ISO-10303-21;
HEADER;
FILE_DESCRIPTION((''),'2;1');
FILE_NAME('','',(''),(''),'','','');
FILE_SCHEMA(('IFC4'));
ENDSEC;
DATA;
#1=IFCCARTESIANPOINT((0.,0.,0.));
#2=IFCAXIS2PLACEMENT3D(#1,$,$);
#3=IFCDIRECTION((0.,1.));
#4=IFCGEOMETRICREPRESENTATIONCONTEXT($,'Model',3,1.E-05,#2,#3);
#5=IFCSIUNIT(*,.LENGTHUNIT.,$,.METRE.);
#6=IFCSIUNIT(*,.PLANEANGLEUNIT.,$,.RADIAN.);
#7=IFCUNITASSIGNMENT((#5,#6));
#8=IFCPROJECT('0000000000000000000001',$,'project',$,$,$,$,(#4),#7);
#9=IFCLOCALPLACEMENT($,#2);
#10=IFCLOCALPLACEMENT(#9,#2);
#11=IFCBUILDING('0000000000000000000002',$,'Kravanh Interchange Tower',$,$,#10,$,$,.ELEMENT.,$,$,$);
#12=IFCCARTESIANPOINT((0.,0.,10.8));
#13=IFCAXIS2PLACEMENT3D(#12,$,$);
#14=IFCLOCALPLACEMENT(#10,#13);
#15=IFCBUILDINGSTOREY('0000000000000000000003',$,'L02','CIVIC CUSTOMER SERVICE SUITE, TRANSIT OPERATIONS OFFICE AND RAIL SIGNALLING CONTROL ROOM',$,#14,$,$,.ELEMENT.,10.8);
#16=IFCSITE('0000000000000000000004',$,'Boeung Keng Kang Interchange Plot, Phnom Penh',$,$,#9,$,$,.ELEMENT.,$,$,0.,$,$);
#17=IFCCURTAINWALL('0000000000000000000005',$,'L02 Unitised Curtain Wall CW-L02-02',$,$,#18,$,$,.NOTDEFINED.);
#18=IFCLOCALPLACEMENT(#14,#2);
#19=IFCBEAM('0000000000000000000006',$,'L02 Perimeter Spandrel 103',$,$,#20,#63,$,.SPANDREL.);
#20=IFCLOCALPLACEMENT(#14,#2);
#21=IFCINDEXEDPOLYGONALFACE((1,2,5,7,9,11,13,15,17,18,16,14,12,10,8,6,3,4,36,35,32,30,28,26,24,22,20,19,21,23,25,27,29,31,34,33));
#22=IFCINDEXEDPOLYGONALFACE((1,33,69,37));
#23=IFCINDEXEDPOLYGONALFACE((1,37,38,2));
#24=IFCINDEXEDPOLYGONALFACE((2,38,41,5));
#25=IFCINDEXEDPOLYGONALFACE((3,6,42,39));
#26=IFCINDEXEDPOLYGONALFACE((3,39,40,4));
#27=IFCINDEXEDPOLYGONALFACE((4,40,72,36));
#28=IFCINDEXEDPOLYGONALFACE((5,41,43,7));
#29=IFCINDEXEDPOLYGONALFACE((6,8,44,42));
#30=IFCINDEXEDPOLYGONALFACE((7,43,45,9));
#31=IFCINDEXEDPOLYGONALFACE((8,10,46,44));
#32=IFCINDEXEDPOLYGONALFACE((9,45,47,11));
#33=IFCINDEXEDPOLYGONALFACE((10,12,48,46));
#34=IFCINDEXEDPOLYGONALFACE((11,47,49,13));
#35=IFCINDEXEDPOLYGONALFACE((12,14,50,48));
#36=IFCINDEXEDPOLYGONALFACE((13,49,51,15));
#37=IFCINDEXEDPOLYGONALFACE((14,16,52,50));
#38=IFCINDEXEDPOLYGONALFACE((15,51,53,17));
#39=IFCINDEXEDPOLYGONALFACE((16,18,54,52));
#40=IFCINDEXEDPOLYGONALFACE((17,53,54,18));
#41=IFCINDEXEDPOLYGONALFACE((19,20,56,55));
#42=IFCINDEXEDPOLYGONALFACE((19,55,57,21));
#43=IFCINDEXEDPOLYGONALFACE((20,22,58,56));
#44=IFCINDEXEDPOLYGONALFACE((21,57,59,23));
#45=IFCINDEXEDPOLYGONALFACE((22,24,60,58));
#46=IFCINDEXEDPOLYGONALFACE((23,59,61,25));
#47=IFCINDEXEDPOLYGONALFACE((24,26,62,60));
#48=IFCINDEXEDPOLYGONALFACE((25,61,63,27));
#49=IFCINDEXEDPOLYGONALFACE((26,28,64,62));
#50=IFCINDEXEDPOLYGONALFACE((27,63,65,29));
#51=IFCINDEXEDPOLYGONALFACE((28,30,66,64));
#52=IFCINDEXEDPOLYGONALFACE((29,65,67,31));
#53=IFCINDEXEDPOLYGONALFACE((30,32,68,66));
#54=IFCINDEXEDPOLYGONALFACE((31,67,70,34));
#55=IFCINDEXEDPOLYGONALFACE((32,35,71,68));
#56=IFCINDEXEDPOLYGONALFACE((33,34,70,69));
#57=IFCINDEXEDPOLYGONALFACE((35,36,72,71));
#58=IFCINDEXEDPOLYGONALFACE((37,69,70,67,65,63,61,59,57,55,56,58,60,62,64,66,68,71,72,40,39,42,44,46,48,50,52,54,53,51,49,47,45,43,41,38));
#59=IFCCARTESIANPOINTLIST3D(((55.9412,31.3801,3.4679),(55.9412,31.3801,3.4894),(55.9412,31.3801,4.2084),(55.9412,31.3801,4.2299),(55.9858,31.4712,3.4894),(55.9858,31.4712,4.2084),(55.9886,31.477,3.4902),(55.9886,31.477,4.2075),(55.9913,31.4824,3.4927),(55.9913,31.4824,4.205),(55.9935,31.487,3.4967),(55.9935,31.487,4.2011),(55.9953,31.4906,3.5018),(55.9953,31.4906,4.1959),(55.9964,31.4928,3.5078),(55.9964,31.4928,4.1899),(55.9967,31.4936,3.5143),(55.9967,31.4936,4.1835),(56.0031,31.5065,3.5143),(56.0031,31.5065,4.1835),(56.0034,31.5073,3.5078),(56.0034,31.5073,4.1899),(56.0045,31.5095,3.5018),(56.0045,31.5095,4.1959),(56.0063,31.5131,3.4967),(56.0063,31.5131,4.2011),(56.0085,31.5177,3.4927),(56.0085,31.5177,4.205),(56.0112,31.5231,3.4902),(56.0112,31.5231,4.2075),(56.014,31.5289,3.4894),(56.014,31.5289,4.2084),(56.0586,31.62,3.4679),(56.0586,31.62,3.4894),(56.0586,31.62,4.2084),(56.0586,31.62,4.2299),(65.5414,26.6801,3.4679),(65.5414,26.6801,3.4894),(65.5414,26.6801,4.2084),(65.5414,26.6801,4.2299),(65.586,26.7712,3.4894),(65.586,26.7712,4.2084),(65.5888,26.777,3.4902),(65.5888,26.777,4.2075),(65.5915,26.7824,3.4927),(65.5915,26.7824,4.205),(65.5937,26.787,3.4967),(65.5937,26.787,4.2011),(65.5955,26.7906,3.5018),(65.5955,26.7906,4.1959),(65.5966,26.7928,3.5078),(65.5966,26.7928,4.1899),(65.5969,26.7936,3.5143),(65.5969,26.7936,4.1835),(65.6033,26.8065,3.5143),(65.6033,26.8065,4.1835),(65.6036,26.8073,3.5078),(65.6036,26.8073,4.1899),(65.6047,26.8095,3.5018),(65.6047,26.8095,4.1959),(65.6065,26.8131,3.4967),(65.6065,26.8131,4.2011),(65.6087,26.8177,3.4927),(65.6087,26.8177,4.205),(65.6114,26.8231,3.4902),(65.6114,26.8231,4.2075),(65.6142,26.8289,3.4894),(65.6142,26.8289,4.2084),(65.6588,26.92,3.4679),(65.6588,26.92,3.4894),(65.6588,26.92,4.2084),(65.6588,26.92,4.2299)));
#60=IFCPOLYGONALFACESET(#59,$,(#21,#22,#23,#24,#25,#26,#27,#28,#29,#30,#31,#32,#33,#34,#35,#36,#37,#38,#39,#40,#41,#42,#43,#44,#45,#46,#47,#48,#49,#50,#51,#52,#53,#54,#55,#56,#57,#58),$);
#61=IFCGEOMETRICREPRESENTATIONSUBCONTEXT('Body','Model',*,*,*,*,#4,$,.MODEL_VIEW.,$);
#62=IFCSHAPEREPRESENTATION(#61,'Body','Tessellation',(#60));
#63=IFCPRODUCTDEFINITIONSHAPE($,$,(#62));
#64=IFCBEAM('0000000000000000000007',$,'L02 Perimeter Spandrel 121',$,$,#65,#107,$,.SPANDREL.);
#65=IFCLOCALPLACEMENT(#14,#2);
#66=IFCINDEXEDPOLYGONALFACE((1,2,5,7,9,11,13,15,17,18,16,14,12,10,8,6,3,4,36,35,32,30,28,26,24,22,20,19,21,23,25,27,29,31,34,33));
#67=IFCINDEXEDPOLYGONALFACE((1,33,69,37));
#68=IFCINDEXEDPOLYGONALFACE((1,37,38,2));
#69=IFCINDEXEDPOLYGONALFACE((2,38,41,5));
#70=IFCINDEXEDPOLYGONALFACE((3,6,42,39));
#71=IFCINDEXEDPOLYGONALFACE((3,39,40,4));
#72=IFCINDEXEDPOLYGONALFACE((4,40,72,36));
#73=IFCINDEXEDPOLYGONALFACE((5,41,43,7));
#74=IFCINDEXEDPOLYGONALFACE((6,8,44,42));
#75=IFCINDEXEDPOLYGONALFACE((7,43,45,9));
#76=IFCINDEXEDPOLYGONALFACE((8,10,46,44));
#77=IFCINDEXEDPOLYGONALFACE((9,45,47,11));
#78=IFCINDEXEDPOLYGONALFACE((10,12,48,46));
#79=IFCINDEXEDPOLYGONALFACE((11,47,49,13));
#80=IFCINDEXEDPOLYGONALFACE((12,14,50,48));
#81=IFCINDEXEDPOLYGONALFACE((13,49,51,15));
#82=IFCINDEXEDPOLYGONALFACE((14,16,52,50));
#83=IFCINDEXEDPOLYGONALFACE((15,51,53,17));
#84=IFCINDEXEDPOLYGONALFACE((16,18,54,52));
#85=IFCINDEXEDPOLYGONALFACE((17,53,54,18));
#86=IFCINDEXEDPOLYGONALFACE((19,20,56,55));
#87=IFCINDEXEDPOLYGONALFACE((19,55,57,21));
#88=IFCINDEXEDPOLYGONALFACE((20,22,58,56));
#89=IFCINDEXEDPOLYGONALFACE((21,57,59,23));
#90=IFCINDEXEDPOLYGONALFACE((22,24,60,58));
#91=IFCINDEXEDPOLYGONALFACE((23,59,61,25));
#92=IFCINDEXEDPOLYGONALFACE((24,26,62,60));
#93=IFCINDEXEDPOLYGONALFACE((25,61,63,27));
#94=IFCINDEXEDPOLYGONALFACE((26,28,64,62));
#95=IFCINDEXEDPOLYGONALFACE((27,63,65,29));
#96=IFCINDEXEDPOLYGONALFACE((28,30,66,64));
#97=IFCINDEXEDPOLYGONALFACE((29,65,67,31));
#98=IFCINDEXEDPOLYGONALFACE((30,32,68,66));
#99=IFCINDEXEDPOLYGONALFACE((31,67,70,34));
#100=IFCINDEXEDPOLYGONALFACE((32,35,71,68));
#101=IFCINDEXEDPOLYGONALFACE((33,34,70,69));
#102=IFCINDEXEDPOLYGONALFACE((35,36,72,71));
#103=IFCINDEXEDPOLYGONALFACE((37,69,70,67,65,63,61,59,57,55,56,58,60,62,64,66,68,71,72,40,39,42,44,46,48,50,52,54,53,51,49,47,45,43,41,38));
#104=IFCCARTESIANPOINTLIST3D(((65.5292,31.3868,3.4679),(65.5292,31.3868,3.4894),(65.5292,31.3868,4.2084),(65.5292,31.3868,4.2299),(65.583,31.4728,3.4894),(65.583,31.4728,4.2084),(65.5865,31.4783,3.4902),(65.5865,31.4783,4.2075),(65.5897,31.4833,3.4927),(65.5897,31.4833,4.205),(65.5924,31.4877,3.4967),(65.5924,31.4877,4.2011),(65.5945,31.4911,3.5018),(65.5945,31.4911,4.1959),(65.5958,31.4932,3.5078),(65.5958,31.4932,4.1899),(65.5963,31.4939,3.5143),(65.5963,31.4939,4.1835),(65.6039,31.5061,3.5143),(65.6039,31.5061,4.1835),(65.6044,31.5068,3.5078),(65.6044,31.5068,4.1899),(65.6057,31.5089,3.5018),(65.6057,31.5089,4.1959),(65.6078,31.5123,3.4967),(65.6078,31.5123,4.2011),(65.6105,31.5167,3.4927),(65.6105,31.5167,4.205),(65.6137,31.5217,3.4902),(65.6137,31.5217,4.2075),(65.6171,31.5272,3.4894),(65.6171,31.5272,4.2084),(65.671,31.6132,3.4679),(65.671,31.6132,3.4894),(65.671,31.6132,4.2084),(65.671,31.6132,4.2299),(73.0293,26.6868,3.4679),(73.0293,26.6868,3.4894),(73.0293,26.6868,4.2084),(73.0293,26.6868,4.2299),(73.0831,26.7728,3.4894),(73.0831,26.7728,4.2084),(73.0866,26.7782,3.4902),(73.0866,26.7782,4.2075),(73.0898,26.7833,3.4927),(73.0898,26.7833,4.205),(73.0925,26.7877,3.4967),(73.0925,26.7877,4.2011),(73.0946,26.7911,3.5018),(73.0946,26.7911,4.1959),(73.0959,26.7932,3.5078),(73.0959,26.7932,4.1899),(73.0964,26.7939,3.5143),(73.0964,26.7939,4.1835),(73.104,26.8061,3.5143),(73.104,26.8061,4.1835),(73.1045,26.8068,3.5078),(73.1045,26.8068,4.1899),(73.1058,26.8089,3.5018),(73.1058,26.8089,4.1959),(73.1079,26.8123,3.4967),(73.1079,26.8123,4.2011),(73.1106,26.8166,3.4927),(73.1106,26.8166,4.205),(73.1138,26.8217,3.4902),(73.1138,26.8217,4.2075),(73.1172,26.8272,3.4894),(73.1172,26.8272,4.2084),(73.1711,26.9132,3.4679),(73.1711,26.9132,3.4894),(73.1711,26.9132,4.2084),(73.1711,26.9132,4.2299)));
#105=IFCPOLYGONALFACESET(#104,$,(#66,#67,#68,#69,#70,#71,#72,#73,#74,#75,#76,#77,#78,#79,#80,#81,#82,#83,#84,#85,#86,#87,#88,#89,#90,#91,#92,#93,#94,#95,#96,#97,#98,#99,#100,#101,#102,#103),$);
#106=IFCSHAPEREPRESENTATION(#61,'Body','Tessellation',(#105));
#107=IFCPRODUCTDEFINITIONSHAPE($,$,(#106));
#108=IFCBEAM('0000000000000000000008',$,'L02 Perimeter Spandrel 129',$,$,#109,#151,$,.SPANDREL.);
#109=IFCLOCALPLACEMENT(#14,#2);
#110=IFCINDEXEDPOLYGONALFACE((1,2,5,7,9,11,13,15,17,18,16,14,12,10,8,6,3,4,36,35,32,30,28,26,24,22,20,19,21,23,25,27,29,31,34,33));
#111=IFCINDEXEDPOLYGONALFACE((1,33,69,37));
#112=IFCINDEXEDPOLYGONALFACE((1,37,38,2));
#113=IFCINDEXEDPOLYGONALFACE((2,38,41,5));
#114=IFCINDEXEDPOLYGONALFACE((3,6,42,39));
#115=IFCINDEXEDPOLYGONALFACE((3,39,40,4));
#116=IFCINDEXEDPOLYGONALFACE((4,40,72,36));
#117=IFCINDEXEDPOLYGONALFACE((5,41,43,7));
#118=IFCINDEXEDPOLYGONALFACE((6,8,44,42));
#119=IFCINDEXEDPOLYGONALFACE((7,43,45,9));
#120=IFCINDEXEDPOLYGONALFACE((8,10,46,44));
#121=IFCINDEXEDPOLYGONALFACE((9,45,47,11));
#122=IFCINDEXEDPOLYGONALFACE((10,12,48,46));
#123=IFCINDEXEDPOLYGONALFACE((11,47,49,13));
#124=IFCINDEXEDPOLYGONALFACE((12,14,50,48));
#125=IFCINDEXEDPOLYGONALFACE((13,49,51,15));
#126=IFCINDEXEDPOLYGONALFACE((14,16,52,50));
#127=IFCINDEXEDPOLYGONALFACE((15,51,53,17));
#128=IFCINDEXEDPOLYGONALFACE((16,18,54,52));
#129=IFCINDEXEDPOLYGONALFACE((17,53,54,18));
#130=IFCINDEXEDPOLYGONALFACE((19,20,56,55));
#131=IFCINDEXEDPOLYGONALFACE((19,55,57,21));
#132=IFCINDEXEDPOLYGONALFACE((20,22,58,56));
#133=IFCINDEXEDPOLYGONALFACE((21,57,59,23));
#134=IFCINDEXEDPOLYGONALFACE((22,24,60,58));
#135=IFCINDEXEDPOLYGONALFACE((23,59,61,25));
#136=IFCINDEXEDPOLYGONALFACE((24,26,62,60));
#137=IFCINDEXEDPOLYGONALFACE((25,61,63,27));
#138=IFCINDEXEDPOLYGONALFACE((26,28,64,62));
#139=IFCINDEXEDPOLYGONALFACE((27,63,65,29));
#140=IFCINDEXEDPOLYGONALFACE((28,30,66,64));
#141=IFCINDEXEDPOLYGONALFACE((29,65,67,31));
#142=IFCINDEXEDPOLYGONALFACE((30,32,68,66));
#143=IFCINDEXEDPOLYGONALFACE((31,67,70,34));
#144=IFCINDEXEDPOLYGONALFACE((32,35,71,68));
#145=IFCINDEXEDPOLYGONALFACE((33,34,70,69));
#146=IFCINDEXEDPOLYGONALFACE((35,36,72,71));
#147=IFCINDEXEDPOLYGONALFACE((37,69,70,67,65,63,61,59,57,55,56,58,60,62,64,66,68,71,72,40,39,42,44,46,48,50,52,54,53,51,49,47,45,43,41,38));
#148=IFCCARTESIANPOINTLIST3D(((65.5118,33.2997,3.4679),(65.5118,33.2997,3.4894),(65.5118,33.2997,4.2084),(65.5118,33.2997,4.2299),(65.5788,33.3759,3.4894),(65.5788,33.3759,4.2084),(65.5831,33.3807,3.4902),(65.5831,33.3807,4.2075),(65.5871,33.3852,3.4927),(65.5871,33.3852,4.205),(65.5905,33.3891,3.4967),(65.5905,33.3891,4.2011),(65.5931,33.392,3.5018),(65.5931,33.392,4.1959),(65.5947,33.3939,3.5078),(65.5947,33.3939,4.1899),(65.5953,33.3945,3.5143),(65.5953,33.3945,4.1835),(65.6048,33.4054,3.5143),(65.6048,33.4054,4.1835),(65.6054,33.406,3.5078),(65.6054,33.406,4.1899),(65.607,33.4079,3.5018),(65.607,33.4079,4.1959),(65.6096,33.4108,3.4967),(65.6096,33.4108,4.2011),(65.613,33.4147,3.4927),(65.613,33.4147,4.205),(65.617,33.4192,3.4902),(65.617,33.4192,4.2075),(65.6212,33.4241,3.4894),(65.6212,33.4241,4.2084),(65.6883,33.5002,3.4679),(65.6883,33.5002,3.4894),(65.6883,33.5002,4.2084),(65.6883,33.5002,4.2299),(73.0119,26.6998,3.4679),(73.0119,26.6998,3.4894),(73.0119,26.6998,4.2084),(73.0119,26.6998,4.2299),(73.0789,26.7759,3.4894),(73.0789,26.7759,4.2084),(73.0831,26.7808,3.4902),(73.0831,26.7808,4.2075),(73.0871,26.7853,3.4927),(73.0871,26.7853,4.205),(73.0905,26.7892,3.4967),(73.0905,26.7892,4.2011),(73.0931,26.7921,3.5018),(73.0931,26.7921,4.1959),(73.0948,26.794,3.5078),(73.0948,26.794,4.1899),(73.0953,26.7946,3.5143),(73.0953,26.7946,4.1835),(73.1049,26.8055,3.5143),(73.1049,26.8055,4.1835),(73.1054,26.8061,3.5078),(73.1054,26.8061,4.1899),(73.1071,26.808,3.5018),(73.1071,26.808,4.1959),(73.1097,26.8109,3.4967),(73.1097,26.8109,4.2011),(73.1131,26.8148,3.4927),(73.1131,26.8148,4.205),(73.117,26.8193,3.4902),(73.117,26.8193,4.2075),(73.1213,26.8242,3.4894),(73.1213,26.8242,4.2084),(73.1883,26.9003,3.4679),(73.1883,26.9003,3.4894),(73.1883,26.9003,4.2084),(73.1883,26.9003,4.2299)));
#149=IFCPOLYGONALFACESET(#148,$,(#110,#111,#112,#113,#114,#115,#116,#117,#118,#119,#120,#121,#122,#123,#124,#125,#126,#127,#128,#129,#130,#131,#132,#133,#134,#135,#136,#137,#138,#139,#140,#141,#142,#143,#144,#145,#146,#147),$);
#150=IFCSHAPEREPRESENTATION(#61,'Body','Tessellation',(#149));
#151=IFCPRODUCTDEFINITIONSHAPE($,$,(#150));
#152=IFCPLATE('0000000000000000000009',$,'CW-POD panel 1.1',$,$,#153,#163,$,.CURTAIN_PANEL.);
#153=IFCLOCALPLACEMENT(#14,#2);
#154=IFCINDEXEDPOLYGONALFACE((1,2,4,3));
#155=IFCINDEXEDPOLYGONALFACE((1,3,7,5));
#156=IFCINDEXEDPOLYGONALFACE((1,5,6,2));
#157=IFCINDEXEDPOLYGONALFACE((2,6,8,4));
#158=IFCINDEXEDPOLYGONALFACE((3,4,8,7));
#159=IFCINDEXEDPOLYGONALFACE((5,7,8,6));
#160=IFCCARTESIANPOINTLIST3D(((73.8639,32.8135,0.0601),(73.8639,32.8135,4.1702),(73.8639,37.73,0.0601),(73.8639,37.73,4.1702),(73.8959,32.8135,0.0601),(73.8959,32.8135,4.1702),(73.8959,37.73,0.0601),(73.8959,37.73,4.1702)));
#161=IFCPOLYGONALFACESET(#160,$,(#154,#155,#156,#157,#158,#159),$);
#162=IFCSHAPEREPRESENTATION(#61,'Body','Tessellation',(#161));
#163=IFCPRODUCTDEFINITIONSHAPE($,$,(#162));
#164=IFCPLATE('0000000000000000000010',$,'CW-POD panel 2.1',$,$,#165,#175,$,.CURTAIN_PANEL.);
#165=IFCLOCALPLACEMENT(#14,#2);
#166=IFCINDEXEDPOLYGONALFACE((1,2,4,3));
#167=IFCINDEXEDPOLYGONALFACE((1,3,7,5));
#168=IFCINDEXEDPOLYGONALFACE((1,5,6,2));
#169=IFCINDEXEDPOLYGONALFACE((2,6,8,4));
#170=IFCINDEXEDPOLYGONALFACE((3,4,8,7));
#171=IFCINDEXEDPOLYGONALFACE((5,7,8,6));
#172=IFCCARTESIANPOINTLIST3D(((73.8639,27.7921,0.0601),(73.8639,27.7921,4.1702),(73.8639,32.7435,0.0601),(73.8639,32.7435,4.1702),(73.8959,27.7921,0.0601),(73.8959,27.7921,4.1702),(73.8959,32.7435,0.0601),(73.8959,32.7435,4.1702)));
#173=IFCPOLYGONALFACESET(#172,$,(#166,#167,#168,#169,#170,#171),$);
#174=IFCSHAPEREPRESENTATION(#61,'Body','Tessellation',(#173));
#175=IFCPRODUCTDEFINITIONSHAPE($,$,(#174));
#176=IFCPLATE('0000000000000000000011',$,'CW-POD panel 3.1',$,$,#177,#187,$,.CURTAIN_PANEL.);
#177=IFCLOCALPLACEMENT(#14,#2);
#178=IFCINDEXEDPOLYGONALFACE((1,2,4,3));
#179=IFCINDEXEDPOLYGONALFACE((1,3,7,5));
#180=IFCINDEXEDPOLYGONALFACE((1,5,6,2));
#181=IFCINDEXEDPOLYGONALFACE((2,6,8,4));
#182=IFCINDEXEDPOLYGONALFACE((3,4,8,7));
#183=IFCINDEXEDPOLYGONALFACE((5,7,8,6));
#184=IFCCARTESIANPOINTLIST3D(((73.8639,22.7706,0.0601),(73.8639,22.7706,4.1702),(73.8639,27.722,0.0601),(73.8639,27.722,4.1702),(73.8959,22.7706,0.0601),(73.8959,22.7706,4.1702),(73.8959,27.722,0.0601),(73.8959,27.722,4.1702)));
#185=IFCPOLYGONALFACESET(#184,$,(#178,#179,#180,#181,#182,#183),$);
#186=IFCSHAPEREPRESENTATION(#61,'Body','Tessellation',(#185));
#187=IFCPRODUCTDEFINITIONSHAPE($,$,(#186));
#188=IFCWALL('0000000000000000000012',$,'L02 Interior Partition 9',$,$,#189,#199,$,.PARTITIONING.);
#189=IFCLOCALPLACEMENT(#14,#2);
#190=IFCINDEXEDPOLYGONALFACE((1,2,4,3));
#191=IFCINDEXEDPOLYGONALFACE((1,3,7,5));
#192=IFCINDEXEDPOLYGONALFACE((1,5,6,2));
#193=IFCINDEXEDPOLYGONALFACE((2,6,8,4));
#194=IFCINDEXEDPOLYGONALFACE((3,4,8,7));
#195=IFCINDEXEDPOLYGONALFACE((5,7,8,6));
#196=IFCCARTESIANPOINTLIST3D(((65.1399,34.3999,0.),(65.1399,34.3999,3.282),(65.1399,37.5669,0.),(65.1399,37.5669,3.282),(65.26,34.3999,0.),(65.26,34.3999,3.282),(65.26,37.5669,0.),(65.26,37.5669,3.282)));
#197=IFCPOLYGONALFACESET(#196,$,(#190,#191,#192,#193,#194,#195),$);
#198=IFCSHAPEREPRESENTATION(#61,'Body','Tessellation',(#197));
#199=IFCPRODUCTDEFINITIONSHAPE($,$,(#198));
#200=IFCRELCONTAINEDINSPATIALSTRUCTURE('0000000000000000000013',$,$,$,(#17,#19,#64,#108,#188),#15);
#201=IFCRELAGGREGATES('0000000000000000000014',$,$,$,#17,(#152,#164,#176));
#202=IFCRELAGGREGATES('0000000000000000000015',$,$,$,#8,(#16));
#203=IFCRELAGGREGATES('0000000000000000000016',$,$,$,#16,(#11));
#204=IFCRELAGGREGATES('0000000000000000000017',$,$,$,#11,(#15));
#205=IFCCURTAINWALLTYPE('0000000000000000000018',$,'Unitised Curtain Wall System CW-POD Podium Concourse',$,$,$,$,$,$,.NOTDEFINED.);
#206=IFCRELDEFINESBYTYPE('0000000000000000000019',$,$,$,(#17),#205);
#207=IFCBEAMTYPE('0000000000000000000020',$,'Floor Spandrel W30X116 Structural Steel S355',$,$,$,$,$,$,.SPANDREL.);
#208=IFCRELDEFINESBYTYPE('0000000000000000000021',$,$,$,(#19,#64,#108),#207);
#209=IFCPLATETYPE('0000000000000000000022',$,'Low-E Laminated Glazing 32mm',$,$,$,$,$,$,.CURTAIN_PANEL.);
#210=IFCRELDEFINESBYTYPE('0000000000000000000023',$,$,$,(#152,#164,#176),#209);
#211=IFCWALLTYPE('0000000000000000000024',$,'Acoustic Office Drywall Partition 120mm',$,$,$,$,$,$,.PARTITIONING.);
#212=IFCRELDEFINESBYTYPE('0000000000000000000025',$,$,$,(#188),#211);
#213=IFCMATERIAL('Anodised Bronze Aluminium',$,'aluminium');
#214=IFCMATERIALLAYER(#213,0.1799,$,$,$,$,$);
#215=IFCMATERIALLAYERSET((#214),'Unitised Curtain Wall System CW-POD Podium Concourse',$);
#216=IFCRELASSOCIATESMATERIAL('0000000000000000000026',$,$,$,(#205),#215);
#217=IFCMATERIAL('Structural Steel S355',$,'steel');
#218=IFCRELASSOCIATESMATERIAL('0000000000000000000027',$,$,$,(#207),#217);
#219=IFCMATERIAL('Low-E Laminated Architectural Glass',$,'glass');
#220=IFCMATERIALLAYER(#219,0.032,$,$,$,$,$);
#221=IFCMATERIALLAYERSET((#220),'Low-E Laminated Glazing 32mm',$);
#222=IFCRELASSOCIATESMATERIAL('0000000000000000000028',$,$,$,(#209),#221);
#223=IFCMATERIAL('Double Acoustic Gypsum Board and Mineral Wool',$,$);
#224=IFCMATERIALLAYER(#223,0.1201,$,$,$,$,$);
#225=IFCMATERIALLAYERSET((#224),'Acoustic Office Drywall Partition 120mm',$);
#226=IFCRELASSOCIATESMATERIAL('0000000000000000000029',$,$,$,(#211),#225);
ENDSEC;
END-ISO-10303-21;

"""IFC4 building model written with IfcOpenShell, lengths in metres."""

from ifc_helpers import new_model, si_unit, direction, frame, frame_2d, origin, origin_2d, place, context, subcontext, project, spatial, rectangle, i_section, extrude, material, layer, layer_set, material_profile, profile_set, type_object, element, aggregate, save


model = new_model("IFC4")

# Units and contexts
model_context = context("Model", 3, precision=1e-05, world=origin(), true_north=direction((0.0, 1.0)))
body_context = subcontext(model_context, "Body", "Model", "MODEL_VIEW")
ifc_project = project(units=[si_unit("LENGTHUNIT", "METRE"), si_unit("PLANEANGLEUNIT", "RADIAN")], contexts=[model_context])

# Site, building, storey
site_placement = place(None, origin())
site = spatial("IfcSite", under=ifc_project, at=site_placement, Name="Boeung Keng Kang Interchange Plot, Phnom Penh", CompositionType="ELEMENT", RefElevation=0.0)
building_placement = place(site_placement, origin())
building = spatial("IfcBuilding", under=site, at=building_placement, Name="Kravanh Interchange Tower", CompositionType="ELEMENT")
storey_placement = place(building_placement, frame((0.0, 0.0, 10.8)))
storey = spatial("IfcBuildingStorey", under=building, at=storey_placement, Name="L02", Description="CIVIC CUSTOMER SERVICE SUITE, TRANSIT OPERATIONS OFFICE AND RAIL SIGNALLING CONTROL ROOM", CompositionType="ELEMENT", Elevation=10.8)

# Curtain wall
ifc_material_1 = material(Name="Anodised Bronze Aluminium", Category="aluminium")
ifc_layer_1 = layer(ifc_material_1, 0.1799)
ifc_layer_set_1 = layer_set([ifc_layer_1], Name="Unitised Curtain Wall System CW-POD Podium Concourse")
curtain_wall_type = type_object("IfcCurtainWallType", Name="Unitised Curtain Wall System CW-POD Podium Concourse", PredefinedType="NOTDEFINED", material=ifc_layer_set_1)
curtain_wall_placement = place(storey_placement, origin())
curtain_wall = element("IfcCurtainWall", 1, at=curtain_wall_placement, inside=storey, type_object=curtain_wall_type, Name="L02 Unitised Curtain Wall CW-L02-02", PredefinedType="NOTDEFINED")

# Beams
ifc_material_2 = material(Name="Structural Steel S355", Category="steel")
ifc_material_profile_1 = material_profile(ifc_material_2, i_section(OverallWidth=0.2671, OverallDepth=0.762, WebThickness=0.0144, FlangeThickness=0.0215, FilletRadius=0.0249, at=origin_2d()), Name="W30X116")
ifc_profile_set_1 = profile_set([ifc_material_profile_1], Name="Structural Steel S355")
beam_type_1 = type_object("IfcBeamType", Name="Floor Spandrel W30X116 Structural Steel S355", PredefinedType="SPANDREL", material=ifc_profile_set_1)
beam_1_placement = place(storey_placement, frame((65.6001, 26.8, 3.8489), z_axis=(-0.898142, 0.439706, 0.0), x_axis=(-0.439706, -0.898142, 0.0)))
element("IfcBeam", 2, at=beam_1_placement, inside=storey, type_object=beam_type_1, Name="L02 Perimeter Spandrel 103", PredefinedType="SPANDREL", context=body_context, shape_type="SweptSolid", body=[
    extrude(i_section(OverallWidth=0.2671, OverallDepth=0.762, WebThickness=0.0144, FlangeThickness=0.0215, FilletRadius=0.0249, at=origin_2d()), origin(), (0.0, 0.0, 1.0), 10.689),
])
beam_2_placement = place(storey_placement, frame((65.6001, 31.5, 3.8489), z_axis=(0.847365, -0.53101, 0.0), x_axis=(0.53101, 0.847365, 0.0)))
element("IfcBeam", 3, at=beam_2_placement, inside=storey, type_object=beam_type_1, Name="L02 Perimeter Spandrel 121", PredefinedType="SPANDREL", context=body_context, shape_type="SweptSolid", body=[
    extrude(i_section(OverallWidth=0.2671, OverallDepth=0.762, WebThickness=0.0144, FlangeThickness=0.0215, FilletRadius=0.0249, at=origin_2d()), origin(), (0.0, 0.0, 1.0), 8.8511),
])
beam_3_placement = place(storey_placement, frame((73.1001, 26.8, 3.8489), z_axis=(-0.750721, 0.66062, 0.0), x_axis=(-0.66062, -0.750721, 0.0)))
element("IfcBeam", 4, at=beam_3_placement, inside=storey, type_object=beam_type_1, Name="L02 Perimeter Spandrel 129", PredefinedType="SPANDREL", context=body_context, shape_type="SweptSolid", body=[
    extrude(i_section(OverallWidth=0.2671, OverallDepth=0.762, WebThickness=0.0144, FlangeThickness=0.0215, FilletRadius=0.0249, at=origin_2d()), origin(), (0.0, 0.0, 1.0), 9.9905),
])

# Plates
ifc_material_3 = material(Name="Low-E Laminated Architectural Glass", Category="glass")
ifc_layer_2 = layer(ifc_material_3, 0.032)
ifc_layer_set_2 = layer_set([ifc_layer_2], Name="Low-E Laminated Glazing 32mm")
plate_type = type_object("IfcPlateType", Name="Low-E Laminated Glazing 32mm", PredefinedType="CURTAIN_PANEL", material=ifc_layer_set_2)
plate_1_placement = place(storey_placement, frame((73.8799, 35.2717, 0.0601), z_axis=(0.0, 0.0, 1.0), x_axis=(0.0, -1.0, 0.0)))
plate_1 = element("IfcPlate", 5, at=plate_1_placement, type_object=plate_type, Name="CW-POD panel 1.1", PredefinedType="CURTAIN_PANEL", context=body_context, shape_type="SweptSolid", body=[
    extrude(rectangle(XDim=4.9165, YDim=0.032, at=origin_2d()), origin(), (0.0, 0.0, 1.0), 4.1101),
])
plate_2_placement = place(storey_placement, frame((73.8799, 30.2678, 0.0601), z_axis=(0.0, 0.0, 1.0), x_axis=(0.0, -1.0, 0.0)))
plate_2 = element("IfcPlate", 6, at=plate_2_placement, type_object=plate_type, Name="CW-POD panel 2.1", PredefinedType="CURTAIN_PANEL", context=body_context, shape_type="SweptSolid", body=[
    extrude(rectangle(XDim=4.9514, YDim=0.032, at=origin_2d()), origin(), (0.0, 0.0, 1.0), 4.1101),
])
plate_3_placement = place(storey_placement, frame((73.8799, 25.2463, 0.0601), z_axis=(0.0, 0.0, 1.0), x_axis=(0.0, -1.0, 0.0)))
plate_3 = element("IfcPlate", 7, at=plate_3_placement, type_object=plate_type, Name="CW-POD panel 3.1", PredefinedType="CURTAIN_PANEL", context=body_context, shape_type="SweptSolid", body=[
    extrude(rectangle(XDim=4.9514, YDim=0.032, at=origin_2d()), origin(), (0.0, 0.0, 1.0), 4.1101),
])
aggregate(curtain_wall, [plate_1, plate_2, plate_3])

# Wall
ifc_material_4 = material(Name="Double Acoustic Gypsum Board and Mineral Wool")
ifc_layer_3 = layer(ifc_material_4, 0.1201)
ifc_layer_set_3 = layer_set([ifc_layer_3], Name="Acoustic Office Drywall Partition 120mm")
wall_type = type_object("IfcWallType", Name="Acoustic Office Drywall Partition 120mm", PredefinedType="PARTITIONING", material=ifc_layer_set_3)
wall_placement = place(storey_placement, frame((65.2, 34.3999, 0.0), z_axis=(0.0, 0.0, 1.0), x_axis=(0.0, 1.0, 0.0)))
element("IfcWall", 8, at=wall_placement, inside=storey, type_object=wall_type, Name="L02 Interior Partition 9", PredefinedType="PARTITIONING", context=body_context, shape_type="SweptSolid", body=[
    extrude(rectangle(XDim=3.167, YDim=0.1201, at=frame_2d((1.5835, 0.0))), origin(), (0.0, 0.0, 1.0), 3.282),
])

save(model, "model.ifc")
